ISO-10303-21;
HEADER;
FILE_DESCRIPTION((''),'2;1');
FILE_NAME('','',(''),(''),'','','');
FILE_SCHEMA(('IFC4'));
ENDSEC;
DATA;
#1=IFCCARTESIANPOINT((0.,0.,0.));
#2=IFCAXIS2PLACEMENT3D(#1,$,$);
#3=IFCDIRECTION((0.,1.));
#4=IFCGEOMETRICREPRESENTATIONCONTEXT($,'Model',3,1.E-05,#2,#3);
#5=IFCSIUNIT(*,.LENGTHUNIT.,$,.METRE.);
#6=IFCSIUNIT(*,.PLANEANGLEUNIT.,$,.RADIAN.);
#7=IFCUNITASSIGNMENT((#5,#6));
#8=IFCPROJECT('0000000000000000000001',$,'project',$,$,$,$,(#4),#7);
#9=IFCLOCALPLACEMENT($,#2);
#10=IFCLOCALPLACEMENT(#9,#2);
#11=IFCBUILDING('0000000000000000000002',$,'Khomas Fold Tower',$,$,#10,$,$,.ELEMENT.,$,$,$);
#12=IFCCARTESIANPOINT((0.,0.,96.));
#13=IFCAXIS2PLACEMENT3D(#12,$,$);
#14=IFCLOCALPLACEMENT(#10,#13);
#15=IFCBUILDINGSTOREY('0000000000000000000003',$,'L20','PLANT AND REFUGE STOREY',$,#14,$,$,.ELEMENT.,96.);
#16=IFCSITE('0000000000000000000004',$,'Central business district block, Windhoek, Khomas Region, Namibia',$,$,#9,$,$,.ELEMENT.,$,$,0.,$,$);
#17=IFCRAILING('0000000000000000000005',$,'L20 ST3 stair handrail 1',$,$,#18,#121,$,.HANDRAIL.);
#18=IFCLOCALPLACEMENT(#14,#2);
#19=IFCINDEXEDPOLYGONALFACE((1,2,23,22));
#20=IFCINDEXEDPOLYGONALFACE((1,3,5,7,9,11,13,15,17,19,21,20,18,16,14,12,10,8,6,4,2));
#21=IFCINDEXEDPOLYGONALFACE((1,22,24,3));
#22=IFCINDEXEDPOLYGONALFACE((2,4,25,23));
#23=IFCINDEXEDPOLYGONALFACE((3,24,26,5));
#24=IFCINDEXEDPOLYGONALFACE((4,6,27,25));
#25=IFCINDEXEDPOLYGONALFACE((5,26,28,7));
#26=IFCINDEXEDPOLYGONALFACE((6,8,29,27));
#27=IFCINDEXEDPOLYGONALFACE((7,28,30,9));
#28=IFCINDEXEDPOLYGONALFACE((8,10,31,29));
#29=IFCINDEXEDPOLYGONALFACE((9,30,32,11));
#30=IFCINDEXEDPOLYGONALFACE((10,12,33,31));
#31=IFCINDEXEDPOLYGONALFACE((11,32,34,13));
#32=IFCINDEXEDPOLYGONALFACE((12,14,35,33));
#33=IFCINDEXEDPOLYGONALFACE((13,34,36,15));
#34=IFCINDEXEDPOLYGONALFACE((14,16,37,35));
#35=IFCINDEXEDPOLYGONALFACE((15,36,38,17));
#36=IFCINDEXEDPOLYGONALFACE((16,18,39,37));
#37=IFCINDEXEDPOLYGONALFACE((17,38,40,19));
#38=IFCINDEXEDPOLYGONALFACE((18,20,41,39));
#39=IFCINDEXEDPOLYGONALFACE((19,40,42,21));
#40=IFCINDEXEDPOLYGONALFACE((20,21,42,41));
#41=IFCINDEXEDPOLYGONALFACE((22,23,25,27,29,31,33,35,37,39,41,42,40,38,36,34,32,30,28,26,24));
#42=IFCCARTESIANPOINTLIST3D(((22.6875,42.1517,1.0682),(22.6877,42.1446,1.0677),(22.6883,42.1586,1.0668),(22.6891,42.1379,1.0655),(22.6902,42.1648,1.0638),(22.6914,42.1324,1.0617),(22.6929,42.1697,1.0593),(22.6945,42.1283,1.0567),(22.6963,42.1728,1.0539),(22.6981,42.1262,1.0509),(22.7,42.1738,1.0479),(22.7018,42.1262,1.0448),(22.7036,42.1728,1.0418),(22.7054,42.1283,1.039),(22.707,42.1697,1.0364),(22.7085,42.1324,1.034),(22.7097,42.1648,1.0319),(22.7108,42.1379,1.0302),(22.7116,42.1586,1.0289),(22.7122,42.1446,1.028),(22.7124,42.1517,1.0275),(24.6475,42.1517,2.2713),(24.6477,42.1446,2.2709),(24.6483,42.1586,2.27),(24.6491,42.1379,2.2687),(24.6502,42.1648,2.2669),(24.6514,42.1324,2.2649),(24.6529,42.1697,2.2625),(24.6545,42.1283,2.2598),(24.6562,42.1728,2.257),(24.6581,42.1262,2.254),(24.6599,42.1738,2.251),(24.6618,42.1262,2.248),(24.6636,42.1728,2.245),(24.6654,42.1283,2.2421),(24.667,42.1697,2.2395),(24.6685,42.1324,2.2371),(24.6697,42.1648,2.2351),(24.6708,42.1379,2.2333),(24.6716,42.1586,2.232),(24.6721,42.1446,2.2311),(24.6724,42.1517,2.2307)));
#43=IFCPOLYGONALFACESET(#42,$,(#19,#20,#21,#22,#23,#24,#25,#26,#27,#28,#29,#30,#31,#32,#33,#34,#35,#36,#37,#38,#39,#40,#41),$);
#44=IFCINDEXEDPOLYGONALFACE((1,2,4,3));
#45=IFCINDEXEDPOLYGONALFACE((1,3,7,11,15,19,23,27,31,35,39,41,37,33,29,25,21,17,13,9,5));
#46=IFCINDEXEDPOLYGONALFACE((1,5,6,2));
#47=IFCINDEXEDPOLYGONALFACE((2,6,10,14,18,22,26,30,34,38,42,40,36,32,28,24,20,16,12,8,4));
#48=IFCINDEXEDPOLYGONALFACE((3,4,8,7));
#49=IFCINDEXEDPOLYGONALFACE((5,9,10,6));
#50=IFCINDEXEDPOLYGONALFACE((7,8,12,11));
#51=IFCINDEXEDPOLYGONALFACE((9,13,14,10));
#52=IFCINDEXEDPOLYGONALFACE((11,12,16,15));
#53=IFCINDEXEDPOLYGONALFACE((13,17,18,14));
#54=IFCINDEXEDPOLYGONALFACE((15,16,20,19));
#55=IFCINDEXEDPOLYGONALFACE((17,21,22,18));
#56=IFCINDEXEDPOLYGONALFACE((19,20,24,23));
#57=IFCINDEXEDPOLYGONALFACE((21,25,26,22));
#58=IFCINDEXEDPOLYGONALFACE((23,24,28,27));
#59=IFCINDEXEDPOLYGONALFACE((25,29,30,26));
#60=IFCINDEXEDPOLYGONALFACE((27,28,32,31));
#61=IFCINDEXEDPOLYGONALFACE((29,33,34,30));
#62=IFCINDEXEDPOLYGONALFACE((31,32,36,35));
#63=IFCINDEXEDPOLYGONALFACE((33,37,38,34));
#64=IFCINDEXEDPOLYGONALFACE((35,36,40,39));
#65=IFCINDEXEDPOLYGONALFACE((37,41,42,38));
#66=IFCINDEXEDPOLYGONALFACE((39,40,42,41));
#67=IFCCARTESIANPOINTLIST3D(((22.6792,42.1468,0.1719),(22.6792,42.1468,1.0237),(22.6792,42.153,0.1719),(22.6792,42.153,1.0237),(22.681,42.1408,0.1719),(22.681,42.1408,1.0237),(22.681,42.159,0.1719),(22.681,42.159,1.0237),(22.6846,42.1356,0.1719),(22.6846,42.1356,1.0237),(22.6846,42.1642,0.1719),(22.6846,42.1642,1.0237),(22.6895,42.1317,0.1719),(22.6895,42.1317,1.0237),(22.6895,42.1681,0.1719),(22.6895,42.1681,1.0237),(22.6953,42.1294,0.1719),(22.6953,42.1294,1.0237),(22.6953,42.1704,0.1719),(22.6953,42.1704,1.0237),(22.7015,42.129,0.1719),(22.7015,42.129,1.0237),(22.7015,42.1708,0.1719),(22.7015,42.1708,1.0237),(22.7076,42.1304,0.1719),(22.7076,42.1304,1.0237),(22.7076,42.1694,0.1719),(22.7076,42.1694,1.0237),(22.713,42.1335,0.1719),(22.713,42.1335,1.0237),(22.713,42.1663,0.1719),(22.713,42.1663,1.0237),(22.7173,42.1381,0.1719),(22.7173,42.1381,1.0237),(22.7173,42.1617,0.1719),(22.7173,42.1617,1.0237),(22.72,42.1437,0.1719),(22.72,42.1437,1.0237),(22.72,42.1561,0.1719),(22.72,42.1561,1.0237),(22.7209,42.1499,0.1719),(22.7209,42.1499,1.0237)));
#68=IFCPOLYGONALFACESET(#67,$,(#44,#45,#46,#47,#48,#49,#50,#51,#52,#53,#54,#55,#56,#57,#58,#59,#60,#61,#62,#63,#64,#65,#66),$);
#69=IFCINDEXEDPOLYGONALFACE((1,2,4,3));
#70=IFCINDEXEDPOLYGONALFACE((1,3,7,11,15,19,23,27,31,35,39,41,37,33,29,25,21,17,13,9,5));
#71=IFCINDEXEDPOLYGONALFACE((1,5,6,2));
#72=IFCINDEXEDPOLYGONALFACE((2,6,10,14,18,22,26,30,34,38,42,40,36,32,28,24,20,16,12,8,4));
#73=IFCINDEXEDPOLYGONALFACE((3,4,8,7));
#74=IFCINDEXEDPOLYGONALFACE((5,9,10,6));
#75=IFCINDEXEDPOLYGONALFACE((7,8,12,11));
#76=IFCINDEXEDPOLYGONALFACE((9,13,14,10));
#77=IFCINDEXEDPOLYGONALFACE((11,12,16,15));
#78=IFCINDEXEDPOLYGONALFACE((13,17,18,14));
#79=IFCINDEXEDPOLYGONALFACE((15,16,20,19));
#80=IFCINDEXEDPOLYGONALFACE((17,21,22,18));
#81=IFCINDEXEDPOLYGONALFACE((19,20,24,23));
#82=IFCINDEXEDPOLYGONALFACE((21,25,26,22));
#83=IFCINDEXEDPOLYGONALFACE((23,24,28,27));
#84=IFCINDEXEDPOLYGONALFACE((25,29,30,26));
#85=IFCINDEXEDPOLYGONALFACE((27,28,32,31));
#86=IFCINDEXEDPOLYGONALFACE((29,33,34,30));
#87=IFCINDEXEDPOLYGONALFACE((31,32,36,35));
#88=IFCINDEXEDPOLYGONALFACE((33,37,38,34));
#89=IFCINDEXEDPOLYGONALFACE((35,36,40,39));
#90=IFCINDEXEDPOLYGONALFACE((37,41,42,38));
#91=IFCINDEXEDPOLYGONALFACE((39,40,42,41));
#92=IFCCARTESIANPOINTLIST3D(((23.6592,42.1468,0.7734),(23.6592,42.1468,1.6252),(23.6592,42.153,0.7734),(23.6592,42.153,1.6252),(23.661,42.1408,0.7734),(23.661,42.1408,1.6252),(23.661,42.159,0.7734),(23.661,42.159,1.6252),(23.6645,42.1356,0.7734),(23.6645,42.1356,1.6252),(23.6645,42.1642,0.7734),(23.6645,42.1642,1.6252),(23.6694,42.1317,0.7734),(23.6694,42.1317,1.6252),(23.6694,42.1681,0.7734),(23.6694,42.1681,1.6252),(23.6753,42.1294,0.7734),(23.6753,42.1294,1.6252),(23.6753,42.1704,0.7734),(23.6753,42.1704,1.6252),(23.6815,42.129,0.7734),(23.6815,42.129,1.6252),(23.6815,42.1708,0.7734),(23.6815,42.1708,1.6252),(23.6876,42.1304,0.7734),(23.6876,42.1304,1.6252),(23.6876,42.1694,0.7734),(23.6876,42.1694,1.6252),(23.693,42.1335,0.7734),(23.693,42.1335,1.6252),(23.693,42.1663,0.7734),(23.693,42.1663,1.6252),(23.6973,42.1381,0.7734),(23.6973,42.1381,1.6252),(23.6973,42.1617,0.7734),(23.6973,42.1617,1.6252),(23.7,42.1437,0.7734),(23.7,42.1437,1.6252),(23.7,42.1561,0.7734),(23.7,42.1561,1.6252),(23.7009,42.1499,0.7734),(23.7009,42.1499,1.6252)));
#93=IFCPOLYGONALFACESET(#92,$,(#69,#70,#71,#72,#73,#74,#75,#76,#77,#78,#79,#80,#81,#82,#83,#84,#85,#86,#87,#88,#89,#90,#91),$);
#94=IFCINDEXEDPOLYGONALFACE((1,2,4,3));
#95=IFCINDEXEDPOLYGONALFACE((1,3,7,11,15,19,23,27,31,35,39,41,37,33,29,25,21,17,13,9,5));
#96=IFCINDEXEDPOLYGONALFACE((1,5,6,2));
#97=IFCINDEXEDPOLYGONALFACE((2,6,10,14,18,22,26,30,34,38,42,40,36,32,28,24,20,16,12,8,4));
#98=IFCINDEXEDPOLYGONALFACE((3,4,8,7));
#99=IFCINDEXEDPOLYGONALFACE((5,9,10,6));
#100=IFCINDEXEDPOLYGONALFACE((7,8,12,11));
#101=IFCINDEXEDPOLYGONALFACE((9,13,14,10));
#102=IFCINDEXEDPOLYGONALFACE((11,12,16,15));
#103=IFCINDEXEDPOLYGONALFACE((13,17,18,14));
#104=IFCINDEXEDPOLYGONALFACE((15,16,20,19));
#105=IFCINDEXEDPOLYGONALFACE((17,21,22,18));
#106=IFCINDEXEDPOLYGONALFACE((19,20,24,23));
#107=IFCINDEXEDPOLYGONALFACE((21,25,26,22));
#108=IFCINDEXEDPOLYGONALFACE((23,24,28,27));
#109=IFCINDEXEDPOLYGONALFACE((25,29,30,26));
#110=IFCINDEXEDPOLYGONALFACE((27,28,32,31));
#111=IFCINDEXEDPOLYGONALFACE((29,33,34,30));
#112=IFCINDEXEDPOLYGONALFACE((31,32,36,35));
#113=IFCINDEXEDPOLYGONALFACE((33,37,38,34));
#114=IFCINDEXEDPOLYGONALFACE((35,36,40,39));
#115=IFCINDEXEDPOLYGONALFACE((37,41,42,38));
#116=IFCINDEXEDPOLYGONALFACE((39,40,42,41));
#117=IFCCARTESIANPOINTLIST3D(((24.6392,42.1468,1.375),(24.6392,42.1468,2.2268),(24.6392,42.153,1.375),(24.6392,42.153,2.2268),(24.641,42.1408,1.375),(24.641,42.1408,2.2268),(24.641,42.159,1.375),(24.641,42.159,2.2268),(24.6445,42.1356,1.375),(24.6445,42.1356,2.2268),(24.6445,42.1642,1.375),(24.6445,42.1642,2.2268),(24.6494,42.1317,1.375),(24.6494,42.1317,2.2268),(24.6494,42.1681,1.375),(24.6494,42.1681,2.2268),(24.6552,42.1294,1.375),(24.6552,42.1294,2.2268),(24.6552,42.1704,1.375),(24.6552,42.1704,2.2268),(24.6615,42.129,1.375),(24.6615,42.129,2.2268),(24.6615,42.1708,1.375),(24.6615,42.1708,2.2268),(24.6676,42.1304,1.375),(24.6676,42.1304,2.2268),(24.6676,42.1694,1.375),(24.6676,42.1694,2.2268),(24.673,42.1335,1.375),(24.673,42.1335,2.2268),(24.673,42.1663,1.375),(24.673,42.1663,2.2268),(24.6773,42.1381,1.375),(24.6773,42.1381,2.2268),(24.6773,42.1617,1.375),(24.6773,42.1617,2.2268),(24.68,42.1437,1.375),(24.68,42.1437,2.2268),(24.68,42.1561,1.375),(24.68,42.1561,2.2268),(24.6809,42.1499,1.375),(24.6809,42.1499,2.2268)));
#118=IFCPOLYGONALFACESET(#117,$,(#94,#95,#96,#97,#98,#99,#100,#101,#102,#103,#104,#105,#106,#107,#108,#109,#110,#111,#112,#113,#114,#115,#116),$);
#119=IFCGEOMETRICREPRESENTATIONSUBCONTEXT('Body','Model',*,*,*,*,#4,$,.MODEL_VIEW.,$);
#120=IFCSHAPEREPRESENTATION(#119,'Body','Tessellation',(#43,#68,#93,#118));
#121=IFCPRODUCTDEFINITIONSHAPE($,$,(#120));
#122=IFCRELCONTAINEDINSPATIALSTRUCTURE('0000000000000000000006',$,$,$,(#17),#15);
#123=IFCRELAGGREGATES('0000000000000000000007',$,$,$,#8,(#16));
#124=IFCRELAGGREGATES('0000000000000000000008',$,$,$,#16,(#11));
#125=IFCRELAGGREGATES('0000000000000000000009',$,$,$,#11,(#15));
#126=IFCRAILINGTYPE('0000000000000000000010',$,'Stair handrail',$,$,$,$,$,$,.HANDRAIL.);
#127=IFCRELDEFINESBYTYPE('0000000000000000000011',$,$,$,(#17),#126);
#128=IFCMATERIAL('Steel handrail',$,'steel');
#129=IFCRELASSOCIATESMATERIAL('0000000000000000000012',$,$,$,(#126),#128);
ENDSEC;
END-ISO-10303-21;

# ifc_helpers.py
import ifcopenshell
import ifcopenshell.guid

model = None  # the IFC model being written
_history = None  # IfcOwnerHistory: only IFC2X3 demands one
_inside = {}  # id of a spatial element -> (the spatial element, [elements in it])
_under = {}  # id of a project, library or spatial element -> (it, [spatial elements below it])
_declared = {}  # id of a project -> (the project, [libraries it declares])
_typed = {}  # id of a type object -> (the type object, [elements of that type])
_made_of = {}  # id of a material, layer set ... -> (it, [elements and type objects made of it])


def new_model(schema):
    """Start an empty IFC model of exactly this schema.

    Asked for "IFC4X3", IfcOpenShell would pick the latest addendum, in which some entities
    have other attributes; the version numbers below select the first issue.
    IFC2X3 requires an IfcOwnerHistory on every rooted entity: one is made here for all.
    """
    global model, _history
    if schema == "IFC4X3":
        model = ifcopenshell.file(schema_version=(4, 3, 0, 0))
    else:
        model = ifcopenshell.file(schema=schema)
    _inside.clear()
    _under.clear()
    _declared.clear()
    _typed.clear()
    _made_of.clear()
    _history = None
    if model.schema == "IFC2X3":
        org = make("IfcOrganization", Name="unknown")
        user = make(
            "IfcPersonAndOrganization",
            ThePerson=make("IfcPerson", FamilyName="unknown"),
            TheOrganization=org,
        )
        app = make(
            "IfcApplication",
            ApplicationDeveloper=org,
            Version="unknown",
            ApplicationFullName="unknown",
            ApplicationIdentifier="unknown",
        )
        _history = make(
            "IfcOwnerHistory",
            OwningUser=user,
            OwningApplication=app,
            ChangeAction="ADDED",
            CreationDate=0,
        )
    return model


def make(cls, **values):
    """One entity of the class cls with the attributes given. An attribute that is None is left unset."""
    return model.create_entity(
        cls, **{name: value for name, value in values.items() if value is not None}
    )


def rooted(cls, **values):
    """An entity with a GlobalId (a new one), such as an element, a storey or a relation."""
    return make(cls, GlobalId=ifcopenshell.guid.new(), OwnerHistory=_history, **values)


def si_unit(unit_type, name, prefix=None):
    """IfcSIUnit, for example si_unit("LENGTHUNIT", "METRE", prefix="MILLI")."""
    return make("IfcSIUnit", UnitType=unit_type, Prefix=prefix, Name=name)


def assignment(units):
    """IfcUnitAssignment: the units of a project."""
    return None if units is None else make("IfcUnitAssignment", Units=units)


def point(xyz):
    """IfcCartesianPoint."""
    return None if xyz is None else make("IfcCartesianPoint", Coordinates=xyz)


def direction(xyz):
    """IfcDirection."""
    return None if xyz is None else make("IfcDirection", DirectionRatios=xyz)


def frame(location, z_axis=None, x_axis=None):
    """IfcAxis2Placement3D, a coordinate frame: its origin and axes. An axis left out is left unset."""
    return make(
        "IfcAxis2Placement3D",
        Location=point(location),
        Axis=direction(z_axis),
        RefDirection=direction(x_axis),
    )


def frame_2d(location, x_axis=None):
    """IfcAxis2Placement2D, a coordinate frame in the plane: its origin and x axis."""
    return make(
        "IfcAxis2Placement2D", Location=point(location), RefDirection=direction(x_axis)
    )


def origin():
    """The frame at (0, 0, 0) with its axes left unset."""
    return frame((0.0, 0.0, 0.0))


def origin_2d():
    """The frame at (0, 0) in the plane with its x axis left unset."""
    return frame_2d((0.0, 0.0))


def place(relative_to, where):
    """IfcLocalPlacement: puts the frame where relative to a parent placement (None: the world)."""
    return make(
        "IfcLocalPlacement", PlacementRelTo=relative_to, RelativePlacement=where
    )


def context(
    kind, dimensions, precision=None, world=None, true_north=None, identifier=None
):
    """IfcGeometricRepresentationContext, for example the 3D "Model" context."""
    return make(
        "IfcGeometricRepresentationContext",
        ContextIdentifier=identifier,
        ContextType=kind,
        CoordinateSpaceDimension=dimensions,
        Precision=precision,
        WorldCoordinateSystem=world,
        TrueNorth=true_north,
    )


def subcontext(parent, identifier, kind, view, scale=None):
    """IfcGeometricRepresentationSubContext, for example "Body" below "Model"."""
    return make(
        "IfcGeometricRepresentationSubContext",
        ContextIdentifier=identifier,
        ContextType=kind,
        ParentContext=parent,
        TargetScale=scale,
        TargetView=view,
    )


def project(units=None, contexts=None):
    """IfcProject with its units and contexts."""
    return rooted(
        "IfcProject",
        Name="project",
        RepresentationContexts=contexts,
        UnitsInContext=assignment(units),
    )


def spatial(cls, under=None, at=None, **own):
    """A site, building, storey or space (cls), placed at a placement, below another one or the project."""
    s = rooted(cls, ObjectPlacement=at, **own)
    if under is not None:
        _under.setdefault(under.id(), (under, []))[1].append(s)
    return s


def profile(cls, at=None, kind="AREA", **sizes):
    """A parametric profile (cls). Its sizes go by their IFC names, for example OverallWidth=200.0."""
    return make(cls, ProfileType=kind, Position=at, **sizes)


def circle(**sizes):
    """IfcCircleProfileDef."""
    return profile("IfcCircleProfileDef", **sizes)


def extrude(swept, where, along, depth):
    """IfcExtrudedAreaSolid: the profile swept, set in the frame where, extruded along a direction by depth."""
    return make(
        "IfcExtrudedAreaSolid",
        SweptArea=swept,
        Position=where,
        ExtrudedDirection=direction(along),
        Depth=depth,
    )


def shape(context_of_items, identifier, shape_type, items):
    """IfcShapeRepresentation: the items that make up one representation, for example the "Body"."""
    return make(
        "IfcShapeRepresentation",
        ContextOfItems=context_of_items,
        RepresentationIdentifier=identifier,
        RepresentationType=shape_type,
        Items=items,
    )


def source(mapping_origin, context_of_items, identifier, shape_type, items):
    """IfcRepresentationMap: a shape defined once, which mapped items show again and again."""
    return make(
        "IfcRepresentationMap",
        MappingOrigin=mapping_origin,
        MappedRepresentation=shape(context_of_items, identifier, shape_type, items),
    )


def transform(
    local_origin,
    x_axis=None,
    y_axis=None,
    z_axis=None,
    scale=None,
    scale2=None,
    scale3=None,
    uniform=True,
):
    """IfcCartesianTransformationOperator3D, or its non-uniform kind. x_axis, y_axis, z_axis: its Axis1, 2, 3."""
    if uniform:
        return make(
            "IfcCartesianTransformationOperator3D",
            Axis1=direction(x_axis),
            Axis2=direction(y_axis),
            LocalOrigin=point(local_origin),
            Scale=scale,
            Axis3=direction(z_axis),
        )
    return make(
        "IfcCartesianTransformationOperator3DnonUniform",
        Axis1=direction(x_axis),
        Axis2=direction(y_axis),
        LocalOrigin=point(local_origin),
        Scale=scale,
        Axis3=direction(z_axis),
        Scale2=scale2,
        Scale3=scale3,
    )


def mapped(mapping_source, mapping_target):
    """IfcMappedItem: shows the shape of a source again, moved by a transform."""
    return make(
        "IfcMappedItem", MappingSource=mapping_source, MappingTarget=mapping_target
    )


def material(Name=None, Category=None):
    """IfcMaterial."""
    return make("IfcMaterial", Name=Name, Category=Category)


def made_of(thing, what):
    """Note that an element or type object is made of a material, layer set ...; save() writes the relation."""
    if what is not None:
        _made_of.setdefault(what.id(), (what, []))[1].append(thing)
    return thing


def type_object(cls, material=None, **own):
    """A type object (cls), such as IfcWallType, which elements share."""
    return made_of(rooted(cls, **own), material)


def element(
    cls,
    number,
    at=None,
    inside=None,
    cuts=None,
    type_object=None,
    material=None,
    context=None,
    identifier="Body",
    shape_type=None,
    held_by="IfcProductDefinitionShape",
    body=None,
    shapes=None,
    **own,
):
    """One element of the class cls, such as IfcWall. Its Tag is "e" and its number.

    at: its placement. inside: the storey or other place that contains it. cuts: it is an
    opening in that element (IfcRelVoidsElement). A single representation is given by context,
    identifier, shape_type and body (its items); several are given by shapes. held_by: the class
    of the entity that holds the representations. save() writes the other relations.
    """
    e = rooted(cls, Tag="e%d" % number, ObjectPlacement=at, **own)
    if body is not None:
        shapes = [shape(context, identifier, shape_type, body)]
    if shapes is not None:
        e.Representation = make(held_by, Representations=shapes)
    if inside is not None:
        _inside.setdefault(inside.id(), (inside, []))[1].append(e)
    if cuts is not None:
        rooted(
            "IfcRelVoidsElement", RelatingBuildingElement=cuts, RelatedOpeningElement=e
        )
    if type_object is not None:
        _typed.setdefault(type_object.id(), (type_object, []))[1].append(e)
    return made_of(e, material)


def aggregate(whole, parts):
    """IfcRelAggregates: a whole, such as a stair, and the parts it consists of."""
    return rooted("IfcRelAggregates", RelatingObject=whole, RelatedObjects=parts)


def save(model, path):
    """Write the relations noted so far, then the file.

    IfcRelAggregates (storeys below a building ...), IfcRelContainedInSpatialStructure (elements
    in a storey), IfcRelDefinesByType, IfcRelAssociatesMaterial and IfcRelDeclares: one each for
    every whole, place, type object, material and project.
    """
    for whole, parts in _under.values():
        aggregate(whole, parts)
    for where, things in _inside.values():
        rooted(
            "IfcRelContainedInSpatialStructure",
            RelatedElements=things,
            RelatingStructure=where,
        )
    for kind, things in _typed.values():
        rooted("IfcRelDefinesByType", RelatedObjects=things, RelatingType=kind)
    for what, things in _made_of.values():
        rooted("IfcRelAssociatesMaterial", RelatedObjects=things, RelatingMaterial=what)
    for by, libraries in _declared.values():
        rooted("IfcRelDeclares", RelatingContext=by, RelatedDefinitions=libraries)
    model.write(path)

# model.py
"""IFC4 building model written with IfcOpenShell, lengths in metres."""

from ifc_helpers import new_model, si_unit, direction, frame, origin, origin_2d, place, context, subcontext, project, spatial, circle, extrude, source, transform, mapped, material, type_object, element, save


model = new_model("IFC4")

# Units and contexts
model_context = context("Model", 3, precision=1e-05, world=origin(), true_north=direction((0.0, 1.0)))
body_context = subcontext(model_context, "Body", "Model", "MODEL_VIEW")
ifc_project = project(units=[si_unit("LENGTHUNIT", "METRE"), si_unit("PLANEANGLEUNIT", "RADIAN")], contexts=[model_context])

# Site, building, storey
site_placement = place(None, origin())
site = spatial("IfcSite", under=ifc_project, at=site_placement, Name="Central business district block, Windhoek, Khomas Region, Namibia", CompositionType="ELEMENT", RefElevation=0.0)
building_placement = place(site_placement, origin())
building = spatial("IfcBuilding", under=site, at=building_placement, Name="Khomas Fold Tower", CompositionType="ELEMENT")
storey_placement = place(building_placement, frame((0.0, 0.0, 96.0)))
storey = spatial("IfcBuildingStorey", under=building, at=storey_placement, Name="L20", Description="PLANT AND REFUGE STOREY", CompositionType="ELEMENT", Elevation=96.0)

# Railing
ifc_material_1 = material(Name="Steel handrail", Category="steel")
railing_type_1 = type_object("IfcRailingType", Name="Stair handrail", PredefinedType="HANDRAIL", material=ifc_material_1)
shared_shape_1 = source(origin(), body_context, "Body", "SweptSolid", [
    extrude(circle(Radius=0.0239, at=origin_2d()), frame((0.0, 0.0, 0.876), z_axis=(0.852241, 0.0, 0.523149), x_axis=(0.0, 1.0, 0.0)), (0.0, 0.0, 1.0), 2.2998),
    extrude(circle(Radius=0.021, at=origin_2d()), origin(), (0.0, 0.0, 1.0), 0.8518),
    extrude(circle(Radius=0.021, at=origin_2d()), frame((0.98, 0.0, 0.6016)), (0.0, 0.0, 1.0), 0.8518),
    extrude(circle(Radius=0.021, at=origin_2d()), frame((1.96, 0.0, 1.2031)), (0.0, 0.0, 1.0), 0.8518),
])
for number, where, name in (
    (1, (22.7, 42.1499, 0.1719), "L20 ST3 stair handrail 1"),
):
    element("IfcRailing", number, at=place(storey_placement, frame(where)), inside=storey, type_object=railing_type_1, Name=name, PredefinedType="HANDRAIL", context=body_context, shape_type="MappedRepresentation", body=[
        mapped(shared_shape_1, transform((0.0, 0.0, 0.0))),
    ])

save(model, "model.ifc")
